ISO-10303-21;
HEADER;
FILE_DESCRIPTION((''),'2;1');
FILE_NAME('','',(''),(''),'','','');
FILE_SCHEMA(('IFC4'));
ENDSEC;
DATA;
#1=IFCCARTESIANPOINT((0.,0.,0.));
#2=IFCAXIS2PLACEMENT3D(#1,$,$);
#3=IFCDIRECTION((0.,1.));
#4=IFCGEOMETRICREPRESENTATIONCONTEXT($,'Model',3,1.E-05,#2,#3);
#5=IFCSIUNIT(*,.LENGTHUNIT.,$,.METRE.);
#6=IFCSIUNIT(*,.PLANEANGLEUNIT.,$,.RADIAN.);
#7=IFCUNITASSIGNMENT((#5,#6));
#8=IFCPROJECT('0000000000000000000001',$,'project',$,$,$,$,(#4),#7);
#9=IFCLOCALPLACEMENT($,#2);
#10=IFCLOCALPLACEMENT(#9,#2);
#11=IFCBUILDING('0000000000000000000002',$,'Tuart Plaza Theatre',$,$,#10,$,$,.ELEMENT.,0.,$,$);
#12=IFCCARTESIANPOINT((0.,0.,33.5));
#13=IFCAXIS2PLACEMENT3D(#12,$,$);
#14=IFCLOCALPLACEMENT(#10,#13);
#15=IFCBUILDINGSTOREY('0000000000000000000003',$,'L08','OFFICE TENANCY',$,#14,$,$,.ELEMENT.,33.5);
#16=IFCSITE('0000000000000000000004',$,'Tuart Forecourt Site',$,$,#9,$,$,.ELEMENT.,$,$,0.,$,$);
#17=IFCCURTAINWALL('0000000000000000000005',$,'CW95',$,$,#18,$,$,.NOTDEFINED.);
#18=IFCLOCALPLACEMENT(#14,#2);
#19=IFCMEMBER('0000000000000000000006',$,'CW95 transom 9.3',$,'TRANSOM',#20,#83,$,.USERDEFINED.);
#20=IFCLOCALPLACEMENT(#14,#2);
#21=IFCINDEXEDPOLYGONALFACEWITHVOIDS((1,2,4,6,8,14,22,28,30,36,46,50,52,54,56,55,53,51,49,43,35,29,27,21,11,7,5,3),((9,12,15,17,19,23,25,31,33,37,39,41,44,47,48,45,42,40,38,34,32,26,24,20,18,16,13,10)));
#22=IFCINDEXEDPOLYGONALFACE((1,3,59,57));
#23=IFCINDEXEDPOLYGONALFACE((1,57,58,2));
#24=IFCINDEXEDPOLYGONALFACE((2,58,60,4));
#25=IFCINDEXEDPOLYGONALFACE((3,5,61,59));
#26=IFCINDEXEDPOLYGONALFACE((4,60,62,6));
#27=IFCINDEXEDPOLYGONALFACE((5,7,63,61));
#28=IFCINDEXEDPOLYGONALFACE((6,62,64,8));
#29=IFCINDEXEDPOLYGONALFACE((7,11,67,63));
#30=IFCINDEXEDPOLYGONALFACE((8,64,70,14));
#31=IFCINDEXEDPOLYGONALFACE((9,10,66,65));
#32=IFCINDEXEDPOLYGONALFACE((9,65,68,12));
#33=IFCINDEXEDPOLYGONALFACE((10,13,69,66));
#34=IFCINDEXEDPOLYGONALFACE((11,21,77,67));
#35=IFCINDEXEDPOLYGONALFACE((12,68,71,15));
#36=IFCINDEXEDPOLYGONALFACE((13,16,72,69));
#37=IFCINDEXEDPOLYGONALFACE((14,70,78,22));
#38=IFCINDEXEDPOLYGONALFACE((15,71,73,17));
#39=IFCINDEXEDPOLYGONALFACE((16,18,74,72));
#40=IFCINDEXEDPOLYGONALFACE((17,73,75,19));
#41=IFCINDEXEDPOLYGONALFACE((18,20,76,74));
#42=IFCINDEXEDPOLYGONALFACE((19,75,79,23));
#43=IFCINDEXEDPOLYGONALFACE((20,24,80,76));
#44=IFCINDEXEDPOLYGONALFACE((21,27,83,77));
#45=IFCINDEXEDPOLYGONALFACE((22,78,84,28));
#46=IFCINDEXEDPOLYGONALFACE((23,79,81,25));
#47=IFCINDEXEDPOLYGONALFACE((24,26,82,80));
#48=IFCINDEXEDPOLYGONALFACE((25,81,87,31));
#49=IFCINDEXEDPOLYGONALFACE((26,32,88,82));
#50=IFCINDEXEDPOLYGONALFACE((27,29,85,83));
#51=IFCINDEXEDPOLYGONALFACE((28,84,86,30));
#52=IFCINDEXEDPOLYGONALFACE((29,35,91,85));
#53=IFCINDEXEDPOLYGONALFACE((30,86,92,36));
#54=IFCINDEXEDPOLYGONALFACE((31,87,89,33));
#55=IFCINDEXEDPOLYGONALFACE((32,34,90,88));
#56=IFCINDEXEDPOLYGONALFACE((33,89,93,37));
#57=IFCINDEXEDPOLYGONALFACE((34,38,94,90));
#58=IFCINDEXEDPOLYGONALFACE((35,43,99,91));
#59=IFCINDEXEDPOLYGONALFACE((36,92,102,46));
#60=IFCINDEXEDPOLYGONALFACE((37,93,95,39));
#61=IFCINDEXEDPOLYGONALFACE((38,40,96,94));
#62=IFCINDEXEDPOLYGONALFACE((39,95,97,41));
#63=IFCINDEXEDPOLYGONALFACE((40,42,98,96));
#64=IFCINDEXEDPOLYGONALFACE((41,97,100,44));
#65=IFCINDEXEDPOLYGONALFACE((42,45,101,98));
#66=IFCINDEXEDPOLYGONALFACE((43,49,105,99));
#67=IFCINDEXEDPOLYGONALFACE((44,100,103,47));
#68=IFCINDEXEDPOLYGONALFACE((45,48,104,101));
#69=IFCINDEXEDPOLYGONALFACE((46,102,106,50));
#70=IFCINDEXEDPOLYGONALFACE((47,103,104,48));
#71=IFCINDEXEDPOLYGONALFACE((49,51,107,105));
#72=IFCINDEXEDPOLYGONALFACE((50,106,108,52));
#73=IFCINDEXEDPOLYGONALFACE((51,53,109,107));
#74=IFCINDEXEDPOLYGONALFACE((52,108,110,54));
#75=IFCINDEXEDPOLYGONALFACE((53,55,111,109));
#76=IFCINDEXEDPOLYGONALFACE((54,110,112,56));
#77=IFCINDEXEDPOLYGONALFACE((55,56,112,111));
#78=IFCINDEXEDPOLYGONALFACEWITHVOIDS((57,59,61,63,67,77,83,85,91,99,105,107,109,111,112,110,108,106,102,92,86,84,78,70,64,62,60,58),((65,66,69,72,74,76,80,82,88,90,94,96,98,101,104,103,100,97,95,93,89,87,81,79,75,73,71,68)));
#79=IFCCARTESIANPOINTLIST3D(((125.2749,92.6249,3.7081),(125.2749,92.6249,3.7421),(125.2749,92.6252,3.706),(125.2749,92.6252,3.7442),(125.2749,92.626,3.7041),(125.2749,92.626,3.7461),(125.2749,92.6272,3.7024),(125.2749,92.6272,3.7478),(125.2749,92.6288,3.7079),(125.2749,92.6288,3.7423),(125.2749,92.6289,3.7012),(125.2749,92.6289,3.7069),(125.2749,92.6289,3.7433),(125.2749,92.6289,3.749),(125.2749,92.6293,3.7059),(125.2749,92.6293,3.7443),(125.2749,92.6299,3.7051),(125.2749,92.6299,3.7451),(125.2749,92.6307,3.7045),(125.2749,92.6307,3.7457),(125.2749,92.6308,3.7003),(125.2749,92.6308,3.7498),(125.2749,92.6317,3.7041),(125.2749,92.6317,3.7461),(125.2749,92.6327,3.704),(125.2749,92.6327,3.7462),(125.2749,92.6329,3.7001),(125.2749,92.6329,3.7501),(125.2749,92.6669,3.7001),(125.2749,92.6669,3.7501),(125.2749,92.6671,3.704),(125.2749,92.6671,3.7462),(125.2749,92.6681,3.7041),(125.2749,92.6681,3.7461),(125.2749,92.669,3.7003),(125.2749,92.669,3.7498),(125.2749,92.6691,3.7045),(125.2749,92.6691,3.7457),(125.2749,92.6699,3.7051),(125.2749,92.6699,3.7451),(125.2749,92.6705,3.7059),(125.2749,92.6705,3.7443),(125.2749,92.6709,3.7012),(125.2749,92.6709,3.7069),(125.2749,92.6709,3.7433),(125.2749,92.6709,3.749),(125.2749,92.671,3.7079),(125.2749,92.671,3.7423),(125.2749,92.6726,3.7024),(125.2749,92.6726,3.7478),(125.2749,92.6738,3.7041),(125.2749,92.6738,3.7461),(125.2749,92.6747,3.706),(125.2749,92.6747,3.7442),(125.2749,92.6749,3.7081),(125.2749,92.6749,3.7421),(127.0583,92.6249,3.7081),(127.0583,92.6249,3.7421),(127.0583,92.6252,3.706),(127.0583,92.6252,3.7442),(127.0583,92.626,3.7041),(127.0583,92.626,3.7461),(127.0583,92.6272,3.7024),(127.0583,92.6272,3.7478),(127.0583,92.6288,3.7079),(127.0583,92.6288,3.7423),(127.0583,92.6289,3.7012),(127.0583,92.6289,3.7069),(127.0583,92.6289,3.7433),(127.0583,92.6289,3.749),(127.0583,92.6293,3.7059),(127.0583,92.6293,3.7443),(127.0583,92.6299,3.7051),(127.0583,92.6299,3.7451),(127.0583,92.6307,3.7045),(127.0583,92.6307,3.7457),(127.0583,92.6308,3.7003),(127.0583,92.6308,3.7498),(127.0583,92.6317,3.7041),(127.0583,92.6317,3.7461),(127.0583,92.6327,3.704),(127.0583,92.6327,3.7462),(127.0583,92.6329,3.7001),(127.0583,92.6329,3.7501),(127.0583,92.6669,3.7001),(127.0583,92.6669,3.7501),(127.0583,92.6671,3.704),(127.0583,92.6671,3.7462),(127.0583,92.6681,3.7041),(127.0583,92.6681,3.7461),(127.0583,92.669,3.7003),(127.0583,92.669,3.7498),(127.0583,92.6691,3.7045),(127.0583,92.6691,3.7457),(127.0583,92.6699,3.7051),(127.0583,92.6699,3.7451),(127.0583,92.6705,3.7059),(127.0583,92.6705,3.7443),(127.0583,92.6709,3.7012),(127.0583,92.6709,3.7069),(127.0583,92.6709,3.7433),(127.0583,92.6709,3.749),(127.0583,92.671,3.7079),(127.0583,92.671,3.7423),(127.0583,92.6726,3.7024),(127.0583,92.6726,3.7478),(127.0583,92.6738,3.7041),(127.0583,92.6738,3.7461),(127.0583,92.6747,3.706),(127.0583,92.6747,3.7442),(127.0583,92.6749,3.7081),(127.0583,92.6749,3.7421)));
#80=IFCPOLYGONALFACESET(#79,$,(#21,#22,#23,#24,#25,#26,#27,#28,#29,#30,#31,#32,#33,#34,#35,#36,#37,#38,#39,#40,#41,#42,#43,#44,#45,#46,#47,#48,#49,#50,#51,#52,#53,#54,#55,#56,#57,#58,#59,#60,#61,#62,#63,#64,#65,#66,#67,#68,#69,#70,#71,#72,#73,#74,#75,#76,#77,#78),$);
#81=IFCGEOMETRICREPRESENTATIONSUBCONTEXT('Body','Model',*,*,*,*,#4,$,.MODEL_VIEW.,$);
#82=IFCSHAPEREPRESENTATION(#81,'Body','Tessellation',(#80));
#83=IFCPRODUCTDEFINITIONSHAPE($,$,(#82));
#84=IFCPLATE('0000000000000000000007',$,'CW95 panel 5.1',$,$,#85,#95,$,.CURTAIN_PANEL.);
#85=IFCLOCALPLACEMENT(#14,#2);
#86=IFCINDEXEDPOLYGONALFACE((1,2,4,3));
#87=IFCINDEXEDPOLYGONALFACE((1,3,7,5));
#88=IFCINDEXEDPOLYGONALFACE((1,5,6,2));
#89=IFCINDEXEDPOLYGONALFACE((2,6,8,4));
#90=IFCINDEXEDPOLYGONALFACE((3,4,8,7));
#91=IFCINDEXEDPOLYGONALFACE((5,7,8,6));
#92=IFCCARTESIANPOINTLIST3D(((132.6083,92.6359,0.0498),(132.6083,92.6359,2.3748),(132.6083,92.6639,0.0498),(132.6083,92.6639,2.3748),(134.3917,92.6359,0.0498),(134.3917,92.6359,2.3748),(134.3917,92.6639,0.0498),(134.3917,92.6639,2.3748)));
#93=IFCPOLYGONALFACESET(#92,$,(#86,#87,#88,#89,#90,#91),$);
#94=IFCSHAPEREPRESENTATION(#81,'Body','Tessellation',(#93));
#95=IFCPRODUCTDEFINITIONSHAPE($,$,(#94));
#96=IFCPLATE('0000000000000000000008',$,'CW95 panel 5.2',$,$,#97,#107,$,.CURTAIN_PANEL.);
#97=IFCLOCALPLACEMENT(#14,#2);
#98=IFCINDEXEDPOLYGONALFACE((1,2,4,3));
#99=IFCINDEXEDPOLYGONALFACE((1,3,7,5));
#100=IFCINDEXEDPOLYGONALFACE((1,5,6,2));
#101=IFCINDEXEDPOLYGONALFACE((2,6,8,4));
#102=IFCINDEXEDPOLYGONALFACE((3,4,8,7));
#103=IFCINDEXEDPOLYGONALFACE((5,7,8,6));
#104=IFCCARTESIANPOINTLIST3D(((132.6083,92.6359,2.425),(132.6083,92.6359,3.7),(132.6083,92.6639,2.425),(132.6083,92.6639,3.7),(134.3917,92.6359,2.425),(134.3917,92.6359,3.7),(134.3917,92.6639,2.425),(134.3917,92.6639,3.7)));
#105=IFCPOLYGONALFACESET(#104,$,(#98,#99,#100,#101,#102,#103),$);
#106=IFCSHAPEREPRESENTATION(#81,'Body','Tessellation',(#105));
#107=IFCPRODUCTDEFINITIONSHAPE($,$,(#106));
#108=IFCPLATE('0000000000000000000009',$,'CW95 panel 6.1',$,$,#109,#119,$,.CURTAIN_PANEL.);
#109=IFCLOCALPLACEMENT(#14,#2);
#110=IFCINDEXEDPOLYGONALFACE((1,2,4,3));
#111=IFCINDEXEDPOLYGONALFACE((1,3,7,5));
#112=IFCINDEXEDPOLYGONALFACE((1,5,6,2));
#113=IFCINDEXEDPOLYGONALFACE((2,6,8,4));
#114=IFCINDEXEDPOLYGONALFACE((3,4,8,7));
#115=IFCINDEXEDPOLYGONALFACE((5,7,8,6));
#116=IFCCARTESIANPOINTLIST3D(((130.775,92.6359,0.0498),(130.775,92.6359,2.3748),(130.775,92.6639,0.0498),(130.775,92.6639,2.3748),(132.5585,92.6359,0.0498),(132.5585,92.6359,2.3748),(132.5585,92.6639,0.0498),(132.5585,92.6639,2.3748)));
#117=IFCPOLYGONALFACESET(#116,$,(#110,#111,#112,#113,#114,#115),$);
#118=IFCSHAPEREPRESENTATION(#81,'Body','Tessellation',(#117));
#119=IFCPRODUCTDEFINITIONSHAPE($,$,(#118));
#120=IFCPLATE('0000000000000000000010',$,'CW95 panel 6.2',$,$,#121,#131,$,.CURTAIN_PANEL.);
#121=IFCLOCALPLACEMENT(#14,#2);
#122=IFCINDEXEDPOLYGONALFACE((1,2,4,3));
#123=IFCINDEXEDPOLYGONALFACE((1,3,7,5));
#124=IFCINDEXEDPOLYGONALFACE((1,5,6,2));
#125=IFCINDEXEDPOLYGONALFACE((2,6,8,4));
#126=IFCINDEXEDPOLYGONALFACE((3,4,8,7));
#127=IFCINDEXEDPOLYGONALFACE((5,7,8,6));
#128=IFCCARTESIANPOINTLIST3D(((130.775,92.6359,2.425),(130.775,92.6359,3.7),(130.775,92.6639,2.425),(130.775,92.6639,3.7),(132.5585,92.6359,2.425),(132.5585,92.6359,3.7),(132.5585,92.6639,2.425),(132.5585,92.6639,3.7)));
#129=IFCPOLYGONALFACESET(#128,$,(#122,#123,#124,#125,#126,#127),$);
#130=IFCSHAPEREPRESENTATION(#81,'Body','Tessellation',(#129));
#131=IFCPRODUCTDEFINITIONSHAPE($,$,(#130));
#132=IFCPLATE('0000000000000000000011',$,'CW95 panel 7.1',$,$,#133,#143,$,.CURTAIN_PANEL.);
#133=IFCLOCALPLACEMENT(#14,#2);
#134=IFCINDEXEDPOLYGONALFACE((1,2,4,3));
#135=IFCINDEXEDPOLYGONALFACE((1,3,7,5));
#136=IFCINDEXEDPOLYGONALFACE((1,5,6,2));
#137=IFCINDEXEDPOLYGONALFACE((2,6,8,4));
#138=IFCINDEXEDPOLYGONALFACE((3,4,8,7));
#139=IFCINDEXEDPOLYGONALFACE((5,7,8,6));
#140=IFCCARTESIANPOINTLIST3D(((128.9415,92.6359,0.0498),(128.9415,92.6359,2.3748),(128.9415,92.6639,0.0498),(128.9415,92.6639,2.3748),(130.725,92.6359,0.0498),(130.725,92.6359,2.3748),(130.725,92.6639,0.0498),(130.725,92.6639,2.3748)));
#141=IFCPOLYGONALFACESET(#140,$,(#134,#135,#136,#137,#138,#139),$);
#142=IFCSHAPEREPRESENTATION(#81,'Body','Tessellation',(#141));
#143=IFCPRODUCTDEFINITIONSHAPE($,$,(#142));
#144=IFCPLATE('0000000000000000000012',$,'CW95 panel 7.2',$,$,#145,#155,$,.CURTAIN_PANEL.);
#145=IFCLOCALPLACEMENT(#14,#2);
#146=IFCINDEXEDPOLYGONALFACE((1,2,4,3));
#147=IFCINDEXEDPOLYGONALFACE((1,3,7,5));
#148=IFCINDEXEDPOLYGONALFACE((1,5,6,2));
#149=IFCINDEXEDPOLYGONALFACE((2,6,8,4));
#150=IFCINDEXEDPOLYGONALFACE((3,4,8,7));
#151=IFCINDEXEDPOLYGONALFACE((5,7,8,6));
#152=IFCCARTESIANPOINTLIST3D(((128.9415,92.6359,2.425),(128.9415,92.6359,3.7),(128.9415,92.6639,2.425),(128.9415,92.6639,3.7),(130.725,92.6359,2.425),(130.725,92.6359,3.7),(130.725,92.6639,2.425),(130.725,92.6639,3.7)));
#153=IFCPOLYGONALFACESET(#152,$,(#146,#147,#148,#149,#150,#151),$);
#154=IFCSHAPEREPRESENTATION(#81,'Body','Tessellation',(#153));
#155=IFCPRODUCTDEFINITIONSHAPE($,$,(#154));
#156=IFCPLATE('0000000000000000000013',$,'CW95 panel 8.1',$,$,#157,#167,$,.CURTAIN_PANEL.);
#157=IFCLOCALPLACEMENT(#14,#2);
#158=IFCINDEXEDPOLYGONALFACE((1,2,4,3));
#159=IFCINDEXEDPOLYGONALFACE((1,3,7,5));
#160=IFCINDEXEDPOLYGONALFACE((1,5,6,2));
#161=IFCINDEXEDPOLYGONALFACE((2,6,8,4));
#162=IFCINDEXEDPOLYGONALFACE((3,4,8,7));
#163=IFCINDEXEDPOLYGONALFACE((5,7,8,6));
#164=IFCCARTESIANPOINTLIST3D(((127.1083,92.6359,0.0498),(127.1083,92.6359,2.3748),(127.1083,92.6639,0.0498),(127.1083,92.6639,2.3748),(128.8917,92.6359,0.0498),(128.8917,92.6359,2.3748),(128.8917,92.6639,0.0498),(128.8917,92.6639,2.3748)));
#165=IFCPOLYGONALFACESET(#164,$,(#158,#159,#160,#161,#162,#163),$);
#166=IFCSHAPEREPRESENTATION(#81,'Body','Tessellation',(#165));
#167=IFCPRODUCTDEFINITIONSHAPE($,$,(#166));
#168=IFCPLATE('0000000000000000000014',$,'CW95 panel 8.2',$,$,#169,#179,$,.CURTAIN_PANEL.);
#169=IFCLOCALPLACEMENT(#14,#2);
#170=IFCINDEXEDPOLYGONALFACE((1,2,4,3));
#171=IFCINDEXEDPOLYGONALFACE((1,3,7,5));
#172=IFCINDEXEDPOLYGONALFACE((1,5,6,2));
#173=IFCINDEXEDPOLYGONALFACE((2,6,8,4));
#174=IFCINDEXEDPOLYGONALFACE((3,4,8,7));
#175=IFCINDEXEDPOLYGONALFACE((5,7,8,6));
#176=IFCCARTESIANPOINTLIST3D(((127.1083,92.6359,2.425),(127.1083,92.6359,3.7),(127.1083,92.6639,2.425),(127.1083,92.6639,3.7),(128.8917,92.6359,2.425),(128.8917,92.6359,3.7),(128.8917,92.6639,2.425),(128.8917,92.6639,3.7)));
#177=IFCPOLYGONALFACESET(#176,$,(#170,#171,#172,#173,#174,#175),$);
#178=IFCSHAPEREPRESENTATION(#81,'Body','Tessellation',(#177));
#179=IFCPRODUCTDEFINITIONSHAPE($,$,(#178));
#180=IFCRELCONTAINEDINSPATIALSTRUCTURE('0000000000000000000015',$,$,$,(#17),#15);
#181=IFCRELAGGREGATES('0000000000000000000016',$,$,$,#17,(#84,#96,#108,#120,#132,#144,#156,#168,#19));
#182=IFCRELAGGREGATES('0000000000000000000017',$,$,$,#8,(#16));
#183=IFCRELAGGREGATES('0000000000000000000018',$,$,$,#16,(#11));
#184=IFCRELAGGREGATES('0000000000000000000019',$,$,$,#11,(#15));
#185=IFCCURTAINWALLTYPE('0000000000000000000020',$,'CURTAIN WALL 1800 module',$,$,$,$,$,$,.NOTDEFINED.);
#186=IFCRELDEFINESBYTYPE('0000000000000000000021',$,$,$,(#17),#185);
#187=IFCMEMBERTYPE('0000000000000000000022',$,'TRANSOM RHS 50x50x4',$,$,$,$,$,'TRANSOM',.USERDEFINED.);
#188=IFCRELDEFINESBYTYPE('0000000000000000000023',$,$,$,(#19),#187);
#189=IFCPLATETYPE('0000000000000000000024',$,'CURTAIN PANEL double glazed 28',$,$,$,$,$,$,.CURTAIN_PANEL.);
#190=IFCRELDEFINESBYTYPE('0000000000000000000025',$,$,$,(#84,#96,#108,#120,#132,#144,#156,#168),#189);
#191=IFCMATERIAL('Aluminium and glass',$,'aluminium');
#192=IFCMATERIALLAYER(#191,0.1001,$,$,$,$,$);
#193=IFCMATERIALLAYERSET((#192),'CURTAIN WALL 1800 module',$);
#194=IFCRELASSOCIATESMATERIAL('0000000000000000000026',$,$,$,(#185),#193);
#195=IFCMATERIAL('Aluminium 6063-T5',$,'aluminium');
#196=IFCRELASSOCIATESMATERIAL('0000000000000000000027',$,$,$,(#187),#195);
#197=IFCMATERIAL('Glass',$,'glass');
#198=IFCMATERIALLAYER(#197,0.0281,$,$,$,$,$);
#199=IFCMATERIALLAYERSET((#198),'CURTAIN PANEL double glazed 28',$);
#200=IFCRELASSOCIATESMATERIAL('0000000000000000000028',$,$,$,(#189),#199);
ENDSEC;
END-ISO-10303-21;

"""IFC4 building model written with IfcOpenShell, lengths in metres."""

from ifc_helpers import new_model, si_unit, direction, frame, origin, origin_2d, place, context, subcontext, project, spatial, rectangle, hollow_rectangle, extrude, material, layer, layer_set, material_profile, profile_set, type_object, element, aggregate, save


model = new_model("IFC4")

# Units and contexts
model_context = context("Model", 3, precision=1e-05, world=origin(), true_north=direction((0.0, 1.0)))
body_context = subcontext(model_context, "Body", "Model", "MODEL_VIEW")
ifc_project = project(units=[si_unit("LENGTHUNIT", "METRE"), si_unit("PLANEANGLEUNIT", "RADIAN")], contexts=[model_context])

# Site, building, storey
site_placement = place(None, origin())
site = spatial("IfcSite", under=ifc_project, at=site_placement, Name="Tuart Forecourt Site", CompositionType="ELEMENT", RefElevation=0.0)
building_placement = place(site_placement, origin())
building = spatial("IfcBuilding", under=site, at=building_placement, Name="Tuart Plaza Theatre", CompositionType="ELEMENT", ElevationOfRefHeight=0.0)
storey_placement = place(building_placement, frame((0.0, 0.0, 33.5)))
storey = spatial("IfcBuildingStorey", under=building, at=storey_placement, Name="L08", Description="OFFICE TENANCY", CompositionType="ELEMENT", Elevation=33.5)

# Curtain wall, member, plates
ifc_material_1 = material(Name="Aluminium and glass", Category="aluminium")
ifc_layer_1 = layer(ifc_material_1, 0.1001)
ifc_layer_set_1 = layer_set([ifc_layer_1], Name="CURTAIN WALL 1800 module")
curtain_wall_type = type_object("IfcCurtainWallType", Name="CURTAIN WALL 1800 module", PredefinedType="NOTDEFINED", material=ifc_layer_set_1)
curtain_wall_placement = place(storey_placement, origin())
curtain_wall = element("IfcCurtainWall", 1, at=curtain_wall_placement, inside=storey, type_object=curtain_wall_type, Name="CW95", PredefinedType="NOTDEFINED")
ifc_material_2 = material(Name="Aluminium 6063-T5", Category="aluminium")
ifc_material_profile_1 = material_profile(ifc_material_2, hollow_rectangle(XDim=0.05, YDim=0.05, WallThickness=0.0039, InnerFilletRadius=0.0039, OuterFilletRadius=0.0081, at=origin_2d()), Name="RHS 50x50x4")
ifc_profile_set_1 = profile_set([ifc_material_profile_1], Name="Aluminium 6063-T5")
member_type_1 = type_object("IfcMemberType", Name="TRANSOM RHS 50x50x4", ElementType="TRANSOM", PredefinedType="USERDEFINED", material=ifc_profile_set_1)
member_1_placement = place(storey_placement, frame((127.0583, 92.6499, 3.7251), z_axis=(-1.0, 0.0, 0.0), x_axis=(0.0, -1.0, 0.0)))
member_1 = element("IfcMember", 2, at=member_1_placement, type_object=member_type_1, Name="CW95 transom 9.3", ObjectType="TRANSOM", PredefinedType="USERDEFINED", context=body_context, shape_type="SweptSolid", body=[
    extrude(hollow_rectangle(XDim=0.05, YDim=0.05, WallThickness=0.0039, InnerFilletRadius=0.0039, OuterFilletRadius=0.0081, at=origin_2d()), origin(), (0.0, 0.0, 1.0), 1.7834),
])
ifc_material_3 = material(Name="Glass", Category="glass")
ifc_layer_2 = layer(ifc_material_3, 0.0281)
ifc_layer_set_2 = layer_set([ifc_layer_2], Name="CURTAIN PANEL double glazed 28")
plate_type = type_object("IfcPlateType", Name="CURTAIN PANEL double glazed 28", PredefinedType="CURTAIN_PANEL", material=ifc_layer_set_2)
plate_1_placement = place(storey_placement, frame((133.5, 92.6499, 0.0498), z_axis=(0.0, 0.0, 1.0), x_axis=(-1.0, 0.0, 0.0)))
plate_1 = element("IfcPlate", 3, at=plate_1_placement, type_object=plate_type, Name="CW95 panel 5.1", PredefinedType="CURTAIN_PANEL", context=body_context, shape_type="SweptSolid", body=[
    extrude(rectangle(XDim=1.7834, YDim=0.0281, at=origin_2d()), origin(), (0.0, 0.0, 1.0), 2.325),
])
plate_2_placement = place(storey_placement, frame((133.5, 92.6499, 2.425), z_axis=(0.0, 0.0, 1.0), x_axis=(-1.0, 0.0, 0.0)))
plate_2 = element("IfcPlate", 4, at=plate_2_placement, type_object=plate_type, Name="CW95 panel 5.2", PredefinedType="CURTAIN_PANEL", context=body_context, shape_type="SweptSolid", body=[
    extrude(rectangle(XDim=1.7834, YDim=0.0281, at=origin_2d()), origin(), (0.0, 0.0, 1.0), 1.2749),
])
plate_3_placement = place(storey_placement, frame((131.6667, 92.6499, 0.0498), z_axis=(0.0, 0.0, 1.0), x_axis=(-1.0, 0.0, 0.0)))
plate_3 = element("IfcPlate", 5, at=plate_3_placement, type_object=plate_type, Name="CW95 panel 6.1", PredefinedType="CURTAIN_PANEL", context=body_context, shape_type="SweptSolid", body=[
    extrude(rectangle(XDim=1.7834, YDim=0.0281, at=origin_2d()), origin(), (0.0, 0.0, 1.0), 2.325),
])
plate_4_placement = place(storey_placement, frame((131.6667, 92.6499, 2.425), z_axis=(0.0, 0.0, 1.0), x_axis=(-1.0, 0.0, 0.0)))
plate_4 = element("IfcPlate", 6, at=plate_4_placement, type_object=plate_type, Name="CW95 panel 6.2", PredefinedType="CURTAIN_PANEL", context=body_context, shape_type="SweptSolid", body=[
    extrude(rectangle(XDim=1.7834, YDim=0.0281, at=origin_2d()), origin(), (0.0, 0.0, 1.0), 1.2749),
])
plate_5_placement = place(storey_placement, frame((129.8333, 92.6499, 0.0498), z_axis=(0.0, 0.0, 1.0), x_axis=(-1.0, 0.0, 0.0)))
plate_5 = element("IfcPlate", 7, at=plate_5_placement, type_object=plate_type, Name="CW95 panel 7.1", PredefinedType="CURTAIN_PANEL", context=body_context, shape_type="SweptSolid", body=[
    extrude(rectangle(XDim=1.7834, YDim=0.0281, at=origin_2d()), origin(), (0.0, 0.0, 1.0), 2.325),
])
plate_6_placement = place(storey_placement, frame((129.8333, 92.6499, 2.425), z_axis=(0.0, 0.0, 1.0), x_axis=(-1.0, 0.0, 0.0)))
plate_6 = element("IfcPlate", 8, at=plate_6_placement, type_object=plate_type, Name="CW95 panel 7.2", PredefinedType="CURTAIN_PANEL", context=body_context, shape_type="SweptSolid", body=[
    extrude(rectangle(XDim=1.7834, YDim=0.0281, at=origin_2d()), origin(), (0.0, 0.0, 1.0), 1.2749),
])
plate_7_placement = place(storey_placement, frame((128.0, 92.6499, 0.0498), z_axis=(0.0, 0.0, 1.0), x_axis=(-1.0, 0.0, 0.0)))
plate_7 = element("IfcPlate", 9, at=plate_7_placement, type_object=plate_type, Name="CW95 panel 8.1", PredefinedType="CURTAIN_PANEL", context=body_context, shape_type="SweptSolid", body=[
    extrude(rectangle(XDim=1.7834, YDim=0.0281, at=origin_2d()), origin(), (0.0, 0.0, 1.0), 2.325),
])
plate_8_placement = place(storey_placement, frame((128.0, 92.6499, 2.425), z_axis=(0.0, 0.0, 1.0), x_axis=(-1.0, 0.0, 0.0)))
plate_8 = element("IfcPlate", 10, at=plate_8_placement, type_object=plate_type, Name="CW95 panel 8.2", PredefinedType="CURTAIN_PANEL", context=body_context, shape_type="SweptSolid", body=[
    extrude(rectangle(XDim=1.7834, YDim=0.0281, at=origin_2d()), origin(), (0.0, 0.0, 1.0), 1.2749),
])
aggregate(curtain_wall, [plate_1, plate_2, plate_3, plate_4, plate_5, plate_6, plate_7, plate_8, member_1])

save(model, "model.ifc")
